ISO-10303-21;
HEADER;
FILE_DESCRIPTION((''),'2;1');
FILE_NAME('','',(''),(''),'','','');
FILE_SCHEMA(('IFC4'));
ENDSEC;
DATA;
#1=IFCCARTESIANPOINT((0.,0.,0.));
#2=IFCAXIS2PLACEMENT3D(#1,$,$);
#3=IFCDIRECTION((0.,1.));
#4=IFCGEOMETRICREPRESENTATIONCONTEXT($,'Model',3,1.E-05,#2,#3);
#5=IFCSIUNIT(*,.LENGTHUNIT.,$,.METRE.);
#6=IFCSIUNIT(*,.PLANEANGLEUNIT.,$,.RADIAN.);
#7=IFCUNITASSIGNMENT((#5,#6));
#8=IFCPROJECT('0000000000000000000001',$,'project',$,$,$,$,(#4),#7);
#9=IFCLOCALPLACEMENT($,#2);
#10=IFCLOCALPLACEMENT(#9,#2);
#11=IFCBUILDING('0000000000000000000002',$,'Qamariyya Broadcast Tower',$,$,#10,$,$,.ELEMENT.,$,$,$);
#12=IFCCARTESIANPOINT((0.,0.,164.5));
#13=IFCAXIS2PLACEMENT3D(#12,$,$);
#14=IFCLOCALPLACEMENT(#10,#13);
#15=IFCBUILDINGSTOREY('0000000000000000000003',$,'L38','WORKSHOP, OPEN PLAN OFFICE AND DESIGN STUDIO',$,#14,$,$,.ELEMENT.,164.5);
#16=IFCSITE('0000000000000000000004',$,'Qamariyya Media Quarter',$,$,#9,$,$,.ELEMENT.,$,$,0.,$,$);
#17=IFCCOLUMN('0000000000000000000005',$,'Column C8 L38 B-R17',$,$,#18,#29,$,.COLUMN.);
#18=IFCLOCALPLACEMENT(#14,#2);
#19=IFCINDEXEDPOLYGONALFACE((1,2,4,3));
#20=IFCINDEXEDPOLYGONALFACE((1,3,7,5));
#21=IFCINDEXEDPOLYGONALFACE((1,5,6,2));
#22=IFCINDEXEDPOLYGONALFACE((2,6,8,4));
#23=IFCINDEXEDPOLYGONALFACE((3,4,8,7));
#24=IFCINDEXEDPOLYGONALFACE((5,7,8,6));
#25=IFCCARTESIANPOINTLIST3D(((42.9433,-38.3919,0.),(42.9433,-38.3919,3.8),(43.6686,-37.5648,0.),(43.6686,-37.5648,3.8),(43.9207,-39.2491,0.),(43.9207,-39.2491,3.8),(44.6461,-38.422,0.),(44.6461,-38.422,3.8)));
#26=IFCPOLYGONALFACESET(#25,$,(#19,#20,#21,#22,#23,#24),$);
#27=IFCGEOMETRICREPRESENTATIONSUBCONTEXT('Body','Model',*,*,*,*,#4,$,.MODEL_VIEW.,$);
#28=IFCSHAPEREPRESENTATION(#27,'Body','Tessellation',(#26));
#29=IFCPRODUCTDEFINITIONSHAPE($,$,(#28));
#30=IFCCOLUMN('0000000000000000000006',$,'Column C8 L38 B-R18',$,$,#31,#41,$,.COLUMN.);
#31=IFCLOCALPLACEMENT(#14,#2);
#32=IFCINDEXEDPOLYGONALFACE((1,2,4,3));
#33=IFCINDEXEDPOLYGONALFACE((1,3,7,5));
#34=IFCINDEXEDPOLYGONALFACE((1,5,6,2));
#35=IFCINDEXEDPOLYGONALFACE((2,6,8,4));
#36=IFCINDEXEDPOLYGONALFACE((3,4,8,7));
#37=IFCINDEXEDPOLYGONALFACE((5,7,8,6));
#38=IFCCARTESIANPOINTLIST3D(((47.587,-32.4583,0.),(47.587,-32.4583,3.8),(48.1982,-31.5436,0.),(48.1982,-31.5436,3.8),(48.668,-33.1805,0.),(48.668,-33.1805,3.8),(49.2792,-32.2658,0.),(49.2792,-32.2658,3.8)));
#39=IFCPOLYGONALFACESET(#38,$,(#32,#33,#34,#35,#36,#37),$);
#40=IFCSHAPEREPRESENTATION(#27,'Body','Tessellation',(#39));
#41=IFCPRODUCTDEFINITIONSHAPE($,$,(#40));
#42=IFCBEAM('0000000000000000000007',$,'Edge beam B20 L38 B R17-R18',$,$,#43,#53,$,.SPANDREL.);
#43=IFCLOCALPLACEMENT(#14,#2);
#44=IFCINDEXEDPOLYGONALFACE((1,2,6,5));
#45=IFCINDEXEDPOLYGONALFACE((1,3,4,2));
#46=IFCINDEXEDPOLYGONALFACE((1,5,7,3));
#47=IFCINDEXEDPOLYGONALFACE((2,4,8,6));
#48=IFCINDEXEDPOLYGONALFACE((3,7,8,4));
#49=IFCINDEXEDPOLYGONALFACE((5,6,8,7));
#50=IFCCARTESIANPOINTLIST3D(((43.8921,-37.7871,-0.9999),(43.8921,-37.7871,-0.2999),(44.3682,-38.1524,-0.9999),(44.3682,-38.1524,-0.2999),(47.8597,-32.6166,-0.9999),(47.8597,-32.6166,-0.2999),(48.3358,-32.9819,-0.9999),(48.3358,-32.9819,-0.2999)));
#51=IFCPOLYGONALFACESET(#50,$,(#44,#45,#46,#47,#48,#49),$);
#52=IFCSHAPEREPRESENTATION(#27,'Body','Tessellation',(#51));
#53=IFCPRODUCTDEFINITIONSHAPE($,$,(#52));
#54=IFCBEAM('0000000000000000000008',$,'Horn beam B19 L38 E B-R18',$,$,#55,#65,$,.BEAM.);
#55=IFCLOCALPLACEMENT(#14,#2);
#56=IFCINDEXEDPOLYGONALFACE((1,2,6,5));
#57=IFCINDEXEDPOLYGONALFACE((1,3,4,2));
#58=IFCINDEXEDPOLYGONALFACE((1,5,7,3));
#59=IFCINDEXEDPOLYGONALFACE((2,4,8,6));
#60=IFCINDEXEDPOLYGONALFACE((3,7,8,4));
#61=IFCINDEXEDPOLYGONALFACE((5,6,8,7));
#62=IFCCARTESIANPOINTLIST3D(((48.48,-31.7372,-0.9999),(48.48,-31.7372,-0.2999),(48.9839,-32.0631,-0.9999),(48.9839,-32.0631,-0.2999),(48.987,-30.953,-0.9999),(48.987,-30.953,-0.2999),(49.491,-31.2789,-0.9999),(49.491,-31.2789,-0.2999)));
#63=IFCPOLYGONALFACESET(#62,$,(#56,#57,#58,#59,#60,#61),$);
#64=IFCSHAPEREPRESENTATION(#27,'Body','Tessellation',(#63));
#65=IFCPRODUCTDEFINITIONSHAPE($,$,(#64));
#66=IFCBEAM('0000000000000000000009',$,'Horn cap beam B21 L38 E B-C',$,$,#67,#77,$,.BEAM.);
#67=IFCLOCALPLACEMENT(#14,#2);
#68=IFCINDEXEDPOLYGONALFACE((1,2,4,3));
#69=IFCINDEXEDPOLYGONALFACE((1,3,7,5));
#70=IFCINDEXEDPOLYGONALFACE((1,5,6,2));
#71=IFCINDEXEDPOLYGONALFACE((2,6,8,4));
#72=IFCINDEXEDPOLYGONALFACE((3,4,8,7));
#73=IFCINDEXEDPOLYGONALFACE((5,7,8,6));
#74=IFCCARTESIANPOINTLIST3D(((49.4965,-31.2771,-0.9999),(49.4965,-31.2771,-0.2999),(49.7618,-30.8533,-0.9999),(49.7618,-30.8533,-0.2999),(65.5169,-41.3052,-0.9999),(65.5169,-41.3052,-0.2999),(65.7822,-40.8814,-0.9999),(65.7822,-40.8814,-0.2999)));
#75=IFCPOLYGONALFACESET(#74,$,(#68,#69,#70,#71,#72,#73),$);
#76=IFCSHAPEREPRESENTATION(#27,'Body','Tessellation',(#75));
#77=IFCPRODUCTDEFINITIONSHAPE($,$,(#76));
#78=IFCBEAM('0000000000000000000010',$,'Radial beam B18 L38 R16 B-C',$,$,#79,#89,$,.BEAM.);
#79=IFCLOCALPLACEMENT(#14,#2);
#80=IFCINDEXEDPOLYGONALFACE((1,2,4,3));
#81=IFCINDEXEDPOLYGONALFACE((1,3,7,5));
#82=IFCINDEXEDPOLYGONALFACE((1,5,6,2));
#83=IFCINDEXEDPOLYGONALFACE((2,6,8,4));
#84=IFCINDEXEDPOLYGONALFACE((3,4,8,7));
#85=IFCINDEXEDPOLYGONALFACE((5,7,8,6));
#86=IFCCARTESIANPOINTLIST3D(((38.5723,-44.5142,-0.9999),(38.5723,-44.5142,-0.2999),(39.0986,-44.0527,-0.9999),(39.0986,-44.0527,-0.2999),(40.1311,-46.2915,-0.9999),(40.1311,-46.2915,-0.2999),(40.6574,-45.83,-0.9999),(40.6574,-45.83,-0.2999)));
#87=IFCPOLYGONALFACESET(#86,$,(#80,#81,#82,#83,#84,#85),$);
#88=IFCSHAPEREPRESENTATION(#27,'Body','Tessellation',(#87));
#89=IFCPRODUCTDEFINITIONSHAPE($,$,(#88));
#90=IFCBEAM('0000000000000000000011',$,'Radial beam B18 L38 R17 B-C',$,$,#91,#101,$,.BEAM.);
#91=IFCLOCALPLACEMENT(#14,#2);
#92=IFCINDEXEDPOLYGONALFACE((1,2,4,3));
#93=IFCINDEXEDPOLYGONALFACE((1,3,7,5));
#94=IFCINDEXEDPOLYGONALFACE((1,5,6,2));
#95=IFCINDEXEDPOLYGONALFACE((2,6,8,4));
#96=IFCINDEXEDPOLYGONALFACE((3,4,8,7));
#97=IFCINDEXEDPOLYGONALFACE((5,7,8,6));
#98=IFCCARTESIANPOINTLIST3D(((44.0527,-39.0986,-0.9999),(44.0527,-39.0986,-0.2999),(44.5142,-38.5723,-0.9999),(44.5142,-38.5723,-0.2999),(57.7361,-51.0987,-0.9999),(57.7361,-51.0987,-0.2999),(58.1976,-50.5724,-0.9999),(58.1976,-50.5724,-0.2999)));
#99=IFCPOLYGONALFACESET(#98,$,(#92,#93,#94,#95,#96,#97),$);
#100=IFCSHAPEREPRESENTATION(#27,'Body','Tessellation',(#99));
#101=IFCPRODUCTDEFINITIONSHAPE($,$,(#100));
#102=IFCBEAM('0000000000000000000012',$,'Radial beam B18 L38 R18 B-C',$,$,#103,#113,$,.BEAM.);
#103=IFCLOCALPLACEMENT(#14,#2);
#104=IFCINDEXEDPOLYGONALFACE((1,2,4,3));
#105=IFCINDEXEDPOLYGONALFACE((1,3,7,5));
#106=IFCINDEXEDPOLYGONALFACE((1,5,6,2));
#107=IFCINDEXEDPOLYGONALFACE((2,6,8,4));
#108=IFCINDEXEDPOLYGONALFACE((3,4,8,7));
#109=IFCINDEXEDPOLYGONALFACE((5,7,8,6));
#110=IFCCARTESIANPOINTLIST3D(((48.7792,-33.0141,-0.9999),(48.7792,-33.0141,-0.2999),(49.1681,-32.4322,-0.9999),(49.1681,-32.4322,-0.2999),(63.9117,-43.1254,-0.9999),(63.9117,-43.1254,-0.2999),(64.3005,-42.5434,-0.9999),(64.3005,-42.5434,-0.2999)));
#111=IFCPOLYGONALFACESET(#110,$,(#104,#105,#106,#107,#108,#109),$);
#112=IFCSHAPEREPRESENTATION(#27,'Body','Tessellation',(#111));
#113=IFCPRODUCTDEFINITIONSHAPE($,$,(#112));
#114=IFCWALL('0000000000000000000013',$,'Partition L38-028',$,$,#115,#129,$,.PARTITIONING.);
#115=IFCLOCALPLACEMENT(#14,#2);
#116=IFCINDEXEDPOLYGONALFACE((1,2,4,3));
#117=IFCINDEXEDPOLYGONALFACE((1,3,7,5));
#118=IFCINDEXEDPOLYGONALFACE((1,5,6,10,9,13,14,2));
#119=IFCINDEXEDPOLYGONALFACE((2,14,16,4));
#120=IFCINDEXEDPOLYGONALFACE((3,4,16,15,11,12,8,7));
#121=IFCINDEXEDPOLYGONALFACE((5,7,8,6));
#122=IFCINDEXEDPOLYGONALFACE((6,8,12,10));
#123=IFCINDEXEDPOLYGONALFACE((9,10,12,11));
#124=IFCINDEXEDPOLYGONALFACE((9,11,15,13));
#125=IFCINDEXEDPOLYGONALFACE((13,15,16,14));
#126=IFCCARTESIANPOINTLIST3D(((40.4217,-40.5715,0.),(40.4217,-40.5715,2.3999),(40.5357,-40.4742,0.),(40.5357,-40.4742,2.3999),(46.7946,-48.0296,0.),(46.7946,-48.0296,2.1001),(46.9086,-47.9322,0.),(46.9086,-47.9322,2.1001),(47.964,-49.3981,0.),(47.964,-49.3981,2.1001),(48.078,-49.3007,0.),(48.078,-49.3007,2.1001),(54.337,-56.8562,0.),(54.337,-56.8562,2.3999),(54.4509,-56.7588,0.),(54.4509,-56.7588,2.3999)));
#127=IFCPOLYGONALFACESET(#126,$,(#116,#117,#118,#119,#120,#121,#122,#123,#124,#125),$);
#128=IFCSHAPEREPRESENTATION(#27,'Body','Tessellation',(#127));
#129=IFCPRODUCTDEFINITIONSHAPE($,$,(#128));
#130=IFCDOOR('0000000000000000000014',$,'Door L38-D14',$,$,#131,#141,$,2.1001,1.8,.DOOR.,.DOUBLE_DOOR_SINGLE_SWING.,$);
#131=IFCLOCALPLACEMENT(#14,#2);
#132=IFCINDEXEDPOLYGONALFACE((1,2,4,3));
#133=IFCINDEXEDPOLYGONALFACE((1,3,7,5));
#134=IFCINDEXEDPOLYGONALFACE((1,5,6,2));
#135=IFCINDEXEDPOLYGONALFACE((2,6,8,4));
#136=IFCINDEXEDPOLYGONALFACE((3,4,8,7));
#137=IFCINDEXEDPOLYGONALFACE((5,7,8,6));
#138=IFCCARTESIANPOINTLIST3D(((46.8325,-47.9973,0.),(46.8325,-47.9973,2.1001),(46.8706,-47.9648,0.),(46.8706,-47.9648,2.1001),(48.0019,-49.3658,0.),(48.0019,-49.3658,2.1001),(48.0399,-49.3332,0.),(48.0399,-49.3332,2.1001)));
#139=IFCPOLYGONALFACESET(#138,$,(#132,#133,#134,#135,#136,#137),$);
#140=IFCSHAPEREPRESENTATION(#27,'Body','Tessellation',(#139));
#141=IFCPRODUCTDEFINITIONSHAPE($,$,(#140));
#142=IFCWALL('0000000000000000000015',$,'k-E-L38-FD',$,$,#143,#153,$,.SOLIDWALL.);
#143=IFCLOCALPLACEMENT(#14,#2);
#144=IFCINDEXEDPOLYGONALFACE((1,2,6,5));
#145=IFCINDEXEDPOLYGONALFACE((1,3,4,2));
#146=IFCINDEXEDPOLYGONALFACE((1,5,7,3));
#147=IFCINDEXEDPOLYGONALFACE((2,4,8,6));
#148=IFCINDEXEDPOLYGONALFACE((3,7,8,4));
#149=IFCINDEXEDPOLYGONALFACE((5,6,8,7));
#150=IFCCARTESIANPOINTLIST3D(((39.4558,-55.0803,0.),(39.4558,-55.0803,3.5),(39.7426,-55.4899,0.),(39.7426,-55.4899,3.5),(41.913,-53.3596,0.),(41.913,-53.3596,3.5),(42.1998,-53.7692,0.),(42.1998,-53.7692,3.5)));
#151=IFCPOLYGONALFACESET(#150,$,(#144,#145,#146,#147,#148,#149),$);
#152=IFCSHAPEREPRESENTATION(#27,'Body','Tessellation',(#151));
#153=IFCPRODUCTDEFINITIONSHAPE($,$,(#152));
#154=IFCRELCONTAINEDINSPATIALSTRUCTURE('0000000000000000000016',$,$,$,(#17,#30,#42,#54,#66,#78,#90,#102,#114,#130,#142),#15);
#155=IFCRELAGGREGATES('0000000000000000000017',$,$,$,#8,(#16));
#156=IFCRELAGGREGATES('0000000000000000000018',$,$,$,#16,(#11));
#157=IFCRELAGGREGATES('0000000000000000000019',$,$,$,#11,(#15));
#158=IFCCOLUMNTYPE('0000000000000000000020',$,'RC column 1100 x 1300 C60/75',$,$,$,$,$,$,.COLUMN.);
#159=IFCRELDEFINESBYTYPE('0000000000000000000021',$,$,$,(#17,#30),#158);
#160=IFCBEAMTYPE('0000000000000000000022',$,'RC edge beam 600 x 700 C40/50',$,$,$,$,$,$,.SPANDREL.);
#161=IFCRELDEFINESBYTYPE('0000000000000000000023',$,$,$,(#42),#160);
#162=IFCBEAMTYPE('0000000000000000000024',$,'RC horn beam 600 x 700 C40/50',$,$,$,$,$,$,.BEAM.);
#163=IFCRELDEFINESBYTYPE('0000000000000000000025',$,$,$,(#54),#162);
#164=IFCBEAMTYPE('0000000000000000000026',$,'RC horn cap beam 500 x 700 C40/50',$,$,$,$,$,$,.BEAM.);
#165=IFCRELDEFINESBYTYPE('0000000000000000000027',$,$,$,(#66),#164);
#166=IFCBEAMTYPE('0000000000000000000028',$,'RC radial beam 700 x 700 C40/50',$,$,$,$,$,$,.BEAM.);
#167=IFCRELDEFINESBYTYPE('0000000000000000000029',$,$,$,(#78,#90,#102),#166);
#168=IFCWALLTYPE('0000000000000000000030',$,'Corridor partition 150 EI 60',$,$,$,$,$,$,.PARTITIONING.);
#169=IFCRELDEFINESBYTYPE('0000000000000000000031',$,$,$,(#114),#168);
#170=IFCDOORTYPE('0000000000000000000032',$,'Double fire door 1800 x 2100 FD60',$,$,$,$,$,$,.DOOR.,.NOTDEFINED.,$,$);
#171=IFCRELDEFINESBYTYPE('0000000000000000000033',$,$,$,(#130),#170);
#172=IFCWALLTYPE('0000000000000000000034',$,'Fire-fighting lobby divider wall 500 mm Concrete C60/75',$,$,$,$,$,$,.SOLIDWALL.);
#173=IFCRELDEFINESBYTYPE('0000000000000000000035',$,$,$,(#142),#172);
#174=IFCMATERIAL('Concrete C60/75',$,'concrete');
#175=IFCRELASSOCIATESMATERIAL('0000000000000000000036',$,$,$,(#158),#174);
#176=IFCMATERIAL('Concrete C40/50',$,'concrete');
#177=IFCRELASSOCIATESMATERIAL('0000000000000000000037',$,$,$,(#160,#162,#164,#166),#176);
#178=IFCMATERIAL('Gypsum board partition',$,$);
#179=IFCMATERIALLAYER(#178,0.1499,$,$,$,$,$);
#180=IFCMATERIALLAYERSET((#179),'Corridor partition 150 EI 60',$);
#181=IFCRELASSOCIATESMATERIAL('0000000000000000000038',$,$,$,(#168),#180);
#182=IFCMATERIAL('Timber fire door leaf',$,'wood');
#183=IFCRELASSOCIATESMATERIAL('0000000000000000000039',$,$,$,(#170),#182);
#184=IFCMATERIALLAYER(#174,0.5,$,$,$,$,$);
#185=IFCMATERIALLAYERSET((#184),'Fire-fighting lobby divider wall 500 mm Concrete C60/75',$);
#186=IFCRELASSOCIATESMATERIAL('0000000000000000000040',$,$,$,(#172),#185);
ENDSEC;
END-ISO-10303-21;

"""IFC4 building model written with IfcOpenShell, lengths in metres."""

from ifc_helpers import new_model, si_unit, direction, frame, frame_2d, origin, origin_2d, place, context, subcontext, project, spatial, rectangle, extrude, material, layer, layer_set, material_profile, profile_set, type_object, element, fill, save


model = new_model("IFC4")

# Units and contexts
model_context = context("Model", 3, precision=1e-05, world=origin(), true_north=direction((0.0, 1.0)))
body_context = subcontext(model_context, "Body", "Model", "MODEL_VIEW")
ifc_project = project(units=[si_unit("LENGTHUNIT", "METRE"), si_unit("PLANEANGLEUNIT", "RADIAN")], contexts=[model_context])

# Site, building, storey
site_placement = place(None, origin())
site = spatial("IfcSite", under=ifc_project, at=site_placement, Name="Qamariyya Media Quarter", CompositionType="ELEMENT", RefElevation=0.0)
building_placement = place(site_placement, origin())
building = spatial("IfcBuilding", under=site, at=building_placement, Name="Qamariyya Broadcast Tower", CompositionType="ELEMENT")
storey_placement = place(building_placement, frame((0.0, 0.0, 164.5)))
storey = spatial("IfcBuildingStorey", under=building, at=storey_placement, Name="L38", Description="WORKSHOP, OPEN PLAN OFFICE AND DESIGN STUDIO", CompositionType="ELEMENT", Elevation=164.5)

# Columns
ifc_material_1 = material(Name="Concrete C60/75", Category="concrete")
ifc_material_profile_1 = material_profile(ifc_material_1, rectangle(XDim=1.1001, YDim=1.3, at=origin_2d()))
ifc_profile_set_1 = profile_set([ifc_material_profile_1], Name="Concrete C60/75")
column_type = type_object("IfcColumnType", Name="RC column 1100 x 1300 C60/75", PredefinedType="COLUMN", material=ifc_profile_set_1)
for number, where, z_axis, x_axis, name in (
    (1, (43.7947, -38.407, 0.0), (0.0, 0.0, 1.0), (0.659346, 0.75184, 0.0), "Column C8 L38 B-R17"),
    (2, (48.4331, -32.3621, 0.0), (0.0, 0.0, 1.0), (0.55557, 0.83147, 0.0), "Column C8 L38 B-R18"),
):
    element("IfcColumn", number, at=place(storey_placement, frame(where, z_axis=z_axis, x_axis=x_axis)), inside=storey, type_object=column_type, Name=name, PredefinedType="COLUMN", context=body_context, shape_type="SweptSolid", body=[
        extrude(rectangle(XDim=1.1001, YDim=1.3, at=origin_2d()), origin(), (0.0, 0.0, 1.0), 3.8),
    ])

# Beams
ifc_material_2 = material(Name="Concrete C40/50", Category="concrete")
ifc_material_profile_2 = material_profile(ifc_material_2, rectangle(XDim=0.6001, YDim=0.7, at=origin_2d()))
ifc_profile_set_2 = profile_set([ifc_material_profile_2], Name="Concrete C40/50")
beam_type_1 = type_object("IfcBeamType", Name="RC edge beam 600 x 700 C40/50", PredefinedType="SPANDREL", material=ifc_profile_set_2)
beam_1_placement = place(storey_placement, frame((44.1301, -37.9697, -0.6499), z_axis=(0.608774, 0.793343, 0.0), x_axis=(-0.793343, 0.608774, 0.0)))
element("IfcBeam", 3, at=beam_1_placement, inside=storey, type_object=beam_type_1, Name="Edge beam B20 L38 B R17-R18", PredefinedType="SPANDREL", context=body_context, shape_type="SweptSolid", body=[
    extrude(rectangle(XDim=0.6001, YDim=0.7, at=origin_2d()), origin(), (0.0, 0.0, 1.0), 6.5173),
])
ifc_material_profile_3 = material_profile(ifc_material_2, rectangle(XDim=0.6001, YDim=0.7, at=origin_2d()))
ifc_profile_set_3 = profile_set([ifc_material_profile_3], Name="Concrete C40/50")
beam_type_2 = type_object("IfcBeamType", Name="RC horn beam 600 x 700 C40/50", PredefinedType="BEAM", material=ifc_profile_set_3)
beam_2_placement = place(storey_placement, frame((48.7319, -31.9001, -0.6499), z_axis=(0.543002, 0.839731, 0.0), x_axis=(-0.839731, 0.543002, 0.0)))
element("IfcBeam", 4, at=beam_2_placement, inside=storey, type_object=beam_type_2, Name="Horn beam B19 L38 E B-R18", PredefinedType="BEAM", context=body_context, shape_type="SweptSolid", body=[
    extrude(rectangle(XDim=0.6001, YDim=0.7, at=origin_2d()), origin(), (0.0, 0.0, 1.0), 0.9338),
])
ifc_material_profile_4 = material_profile(ifc_material_2, rectangle(XDim=0.5, YDim=0.7, at=origin_2d()))
ifc_profile_set_4 = profile_set([ifc_material_profile_4], Name="Concrete C40/50")
beam_type_3 = type_object("IfcBeamType", Name="RC horn cap beam 500 x 700 C40/50", PredefinedType="BEAM", material=ifc_profile_set_4)
beam_3_placement = place(storey_placement, frame((49.6292, -31.0652, -0.6499), z_axis=(0.847632, -0.530585, 0.0), x_axis=(0.530585, 0.847632, 0.0)))
element("IfcBeam", 5, at=beam_3_placement, inside=storey, type_object=beam_type_3, Name="Horn cap beam B21 L38 E B-C", PredefinedType="BEAM", context=body_context, shape_type="SweptSolid", body=[
    extrude(rectangle(XDim=0.5, YDim=0.7, at=origin_2d()), origin(), (0.0, 0.0, 1.0), 18.9001),
])
ifc_material_profile_5 = material_profile(ifc_material_2, rectangle(XDim=0.7, YDim=0.7, at=origin_2d()))
ifc_profile_set_5 = profile_set([ifc_material_profile_5], Name="Concrete C40/50")
beam_type_4 = type_object("IfcBeamType", Name="RC radial beam 700 x 700 C40/50", PredefinedType="BEAM", material=ifc_profile_set_5)
beam_4_placement = place(storey_placement, frame((38.8354, -44.2834, -0.6499), z_axis=(0.659382, -0.751809, 0.0), x_axis=(0.751809, 0.659382, 0.0)))
element("IfcBeam", 6, at=beam_4_placement, inside=storey, type_object=beam_type_4, Name="Radial beam B18 L38 R16 B-C", PredefinedType="BEAM", context=body_context, shape_type="SweptSolid", body=[
    extrude(rectangle(XDim=0.7, YDim=0.7, at=origin_2d()), origin(), (0.0, 0.0, 1.0), 2.364),
])
beam_5_placement = place(storey_placement, frame((44.2834, -38.8354, -0.6499), z_axis=(0.751839, -0.659347, 0.0), x_axis=(0.659347, 0.751839, 0.0)))
element("IfcBeam", 7, at=beam_5_placement, inside=storey, type_object=beam_type_4, Name="Radial beam B18 L38 R17 B-C", PredefinedType="BEAM", context=body_context, shape_type="SweptSolid", body=[
    extrude(rectangle(XDim=0.7, YDim=0.7, at=origin_2d()), origin(), (0.0, 0.0, 1.0), 18.2),
])
beam_6_placement = place(storey_placement, frame((48.9736, -32.7231, -0.6499), z_axis=(0.831468, -0.555573, 0.0), x_axis=(0.555573, 0.831468, 0.0)))
element("IfcBeam", 8, at=beam_6_placement, inside=storey, type_object=beam_type_4, Name="Radial beam B18 L38 R18 B-C", PredefinedType="BEAM", context=body_context, shape_type="SweptSolid", body=[
    extrude(rectangle(XDim=0.7, YDim=0.7, at=origin_2d()), origin(), (0.0, 0.0, 1.0), 18.1997),
])

# Wall, opening, door
ifc_material_3 = material(Name="Gypsum board partition")
ifc_layer_1 = layer(ifc_material_3, 0.1499)
ifc_layer_set_1 = layer_set([ifc_layer_1], Name="Corridor partition 150 EI 60")
wall_type_1 = type_object("IfcWallType", Name="Corridor partition 150 EI 60", PredefinedType="PARTITIONING", material=ifc_layer_set_1)
wall_1_placement = place(storey_placement, frame((40.4788, -40.5229, 0.0), z_axis=(0.0, 0.0, 1.0), x_axis=(0.649633, -0.760248, 0.0)))
wall_1 = element("IfcWall", 9, at=wall_1_placement, inside=storey, type_object=wall_type_1, Name="Partition L38-028", PredefinedType="PARTITIONING", context=body_context, shape_type="SweptSolid", body=[
    extrude(rectangle(XDim=21.4202, YDim=0.1499, at=frame_2d((10.71, 0.0))), origin(), (0.0, 0.0, 1.0), 2.3999),
])
opening_1_placement = place(wall_1_placement, frame((9.8101, 0.0, 0.0)))
opening_1 = element("IfcOpeningElement", 10, at=opening_1_placement, cuts=wall_1, PredefinedType="OPENING", context=body_context, shape_type="SweptSolid", body=[
    extrude(rectangle(XDim=1.8, YDim=2.1001, at=frame_2d((0.8999, 1.05))), frame((0.0, 0.085, 0.0), z_axis=(0.0, -1.0, 0.0), x_axis=(1.0, 0.0, 0.0)), (0.0, 0.0, 1.0), 0.1699),
])
ifc_material_4 = material(Name="Timber fire door leaf", Category="wood")
door_type_1 = type_object("IfcDoorType", Name="Double fire door 1800 x 2100 FD60", OperationType="NOTDEFINED", PredefinedType="DOOR", material=ifc_material_4)
door_1_placement = place(opening_1_placement, origin())
door_1 = element("IfcDoor", 11, at=door_1_placement, inside=storey, type_object=door_type_1, Name="Door L38-D14", OperationType="DOUBLE_DOOR_SINGLE_SWING", OverallHeight=2.1001, OverallWidth=1.8, PredefinedType="DOOR", context=body_context, shape_type="SweptSolid", body=[
    extrude(rectangle(XDim=1.8, YDim=2.1001, at=frame_2d((0.8999, 1.05))), frame((0.0, 0.0249, 0.0), z_axis=(0.0, -1.0, 0.0), x_axis=(1.0, 0.0, 0.0)), (0.0, 0.0, 1.0), 0.05),
])
fill(opening_1, door_1)

# Wall
ifc_layer_2 = layer(ifc_material_1, 0.5)
ifc_layer_set_2 = layer_set([ifc_layer_2], Name="Fire-fighting lobby divider wall 500 mm Concrete C60/75")
wall_type_2 = type_object("IfcWallType", Name="Fire-fighting lobby divider wall 500 mm Concrete C60/75", PredefinedType="SOLIDWALL", material=ifc_layer_set_2)
wall_2_placement = place(storey_placement, frame((39.5991, -55.2852, 0.0), z_axis=(0.0, 0.0, 1.0), x_axis=(0.819136, 0.573599, 0.0)))
element("IfcWall", 12, at=wall_2_placement, inside=storey, type_object=wall_type_2, Name="k-E-L38-FD", PredefinedType="SOLIDWALL", context=body_context, shape_type="SweptSolid", body=[
    extrude(rectangle(XDim=2.9998, YDim=0.5, at=frame_2d((1.5, 0.0))), origin(), (0.0, 0.0, 1.0), 3.5),
])

save(model, "model.ifc")
